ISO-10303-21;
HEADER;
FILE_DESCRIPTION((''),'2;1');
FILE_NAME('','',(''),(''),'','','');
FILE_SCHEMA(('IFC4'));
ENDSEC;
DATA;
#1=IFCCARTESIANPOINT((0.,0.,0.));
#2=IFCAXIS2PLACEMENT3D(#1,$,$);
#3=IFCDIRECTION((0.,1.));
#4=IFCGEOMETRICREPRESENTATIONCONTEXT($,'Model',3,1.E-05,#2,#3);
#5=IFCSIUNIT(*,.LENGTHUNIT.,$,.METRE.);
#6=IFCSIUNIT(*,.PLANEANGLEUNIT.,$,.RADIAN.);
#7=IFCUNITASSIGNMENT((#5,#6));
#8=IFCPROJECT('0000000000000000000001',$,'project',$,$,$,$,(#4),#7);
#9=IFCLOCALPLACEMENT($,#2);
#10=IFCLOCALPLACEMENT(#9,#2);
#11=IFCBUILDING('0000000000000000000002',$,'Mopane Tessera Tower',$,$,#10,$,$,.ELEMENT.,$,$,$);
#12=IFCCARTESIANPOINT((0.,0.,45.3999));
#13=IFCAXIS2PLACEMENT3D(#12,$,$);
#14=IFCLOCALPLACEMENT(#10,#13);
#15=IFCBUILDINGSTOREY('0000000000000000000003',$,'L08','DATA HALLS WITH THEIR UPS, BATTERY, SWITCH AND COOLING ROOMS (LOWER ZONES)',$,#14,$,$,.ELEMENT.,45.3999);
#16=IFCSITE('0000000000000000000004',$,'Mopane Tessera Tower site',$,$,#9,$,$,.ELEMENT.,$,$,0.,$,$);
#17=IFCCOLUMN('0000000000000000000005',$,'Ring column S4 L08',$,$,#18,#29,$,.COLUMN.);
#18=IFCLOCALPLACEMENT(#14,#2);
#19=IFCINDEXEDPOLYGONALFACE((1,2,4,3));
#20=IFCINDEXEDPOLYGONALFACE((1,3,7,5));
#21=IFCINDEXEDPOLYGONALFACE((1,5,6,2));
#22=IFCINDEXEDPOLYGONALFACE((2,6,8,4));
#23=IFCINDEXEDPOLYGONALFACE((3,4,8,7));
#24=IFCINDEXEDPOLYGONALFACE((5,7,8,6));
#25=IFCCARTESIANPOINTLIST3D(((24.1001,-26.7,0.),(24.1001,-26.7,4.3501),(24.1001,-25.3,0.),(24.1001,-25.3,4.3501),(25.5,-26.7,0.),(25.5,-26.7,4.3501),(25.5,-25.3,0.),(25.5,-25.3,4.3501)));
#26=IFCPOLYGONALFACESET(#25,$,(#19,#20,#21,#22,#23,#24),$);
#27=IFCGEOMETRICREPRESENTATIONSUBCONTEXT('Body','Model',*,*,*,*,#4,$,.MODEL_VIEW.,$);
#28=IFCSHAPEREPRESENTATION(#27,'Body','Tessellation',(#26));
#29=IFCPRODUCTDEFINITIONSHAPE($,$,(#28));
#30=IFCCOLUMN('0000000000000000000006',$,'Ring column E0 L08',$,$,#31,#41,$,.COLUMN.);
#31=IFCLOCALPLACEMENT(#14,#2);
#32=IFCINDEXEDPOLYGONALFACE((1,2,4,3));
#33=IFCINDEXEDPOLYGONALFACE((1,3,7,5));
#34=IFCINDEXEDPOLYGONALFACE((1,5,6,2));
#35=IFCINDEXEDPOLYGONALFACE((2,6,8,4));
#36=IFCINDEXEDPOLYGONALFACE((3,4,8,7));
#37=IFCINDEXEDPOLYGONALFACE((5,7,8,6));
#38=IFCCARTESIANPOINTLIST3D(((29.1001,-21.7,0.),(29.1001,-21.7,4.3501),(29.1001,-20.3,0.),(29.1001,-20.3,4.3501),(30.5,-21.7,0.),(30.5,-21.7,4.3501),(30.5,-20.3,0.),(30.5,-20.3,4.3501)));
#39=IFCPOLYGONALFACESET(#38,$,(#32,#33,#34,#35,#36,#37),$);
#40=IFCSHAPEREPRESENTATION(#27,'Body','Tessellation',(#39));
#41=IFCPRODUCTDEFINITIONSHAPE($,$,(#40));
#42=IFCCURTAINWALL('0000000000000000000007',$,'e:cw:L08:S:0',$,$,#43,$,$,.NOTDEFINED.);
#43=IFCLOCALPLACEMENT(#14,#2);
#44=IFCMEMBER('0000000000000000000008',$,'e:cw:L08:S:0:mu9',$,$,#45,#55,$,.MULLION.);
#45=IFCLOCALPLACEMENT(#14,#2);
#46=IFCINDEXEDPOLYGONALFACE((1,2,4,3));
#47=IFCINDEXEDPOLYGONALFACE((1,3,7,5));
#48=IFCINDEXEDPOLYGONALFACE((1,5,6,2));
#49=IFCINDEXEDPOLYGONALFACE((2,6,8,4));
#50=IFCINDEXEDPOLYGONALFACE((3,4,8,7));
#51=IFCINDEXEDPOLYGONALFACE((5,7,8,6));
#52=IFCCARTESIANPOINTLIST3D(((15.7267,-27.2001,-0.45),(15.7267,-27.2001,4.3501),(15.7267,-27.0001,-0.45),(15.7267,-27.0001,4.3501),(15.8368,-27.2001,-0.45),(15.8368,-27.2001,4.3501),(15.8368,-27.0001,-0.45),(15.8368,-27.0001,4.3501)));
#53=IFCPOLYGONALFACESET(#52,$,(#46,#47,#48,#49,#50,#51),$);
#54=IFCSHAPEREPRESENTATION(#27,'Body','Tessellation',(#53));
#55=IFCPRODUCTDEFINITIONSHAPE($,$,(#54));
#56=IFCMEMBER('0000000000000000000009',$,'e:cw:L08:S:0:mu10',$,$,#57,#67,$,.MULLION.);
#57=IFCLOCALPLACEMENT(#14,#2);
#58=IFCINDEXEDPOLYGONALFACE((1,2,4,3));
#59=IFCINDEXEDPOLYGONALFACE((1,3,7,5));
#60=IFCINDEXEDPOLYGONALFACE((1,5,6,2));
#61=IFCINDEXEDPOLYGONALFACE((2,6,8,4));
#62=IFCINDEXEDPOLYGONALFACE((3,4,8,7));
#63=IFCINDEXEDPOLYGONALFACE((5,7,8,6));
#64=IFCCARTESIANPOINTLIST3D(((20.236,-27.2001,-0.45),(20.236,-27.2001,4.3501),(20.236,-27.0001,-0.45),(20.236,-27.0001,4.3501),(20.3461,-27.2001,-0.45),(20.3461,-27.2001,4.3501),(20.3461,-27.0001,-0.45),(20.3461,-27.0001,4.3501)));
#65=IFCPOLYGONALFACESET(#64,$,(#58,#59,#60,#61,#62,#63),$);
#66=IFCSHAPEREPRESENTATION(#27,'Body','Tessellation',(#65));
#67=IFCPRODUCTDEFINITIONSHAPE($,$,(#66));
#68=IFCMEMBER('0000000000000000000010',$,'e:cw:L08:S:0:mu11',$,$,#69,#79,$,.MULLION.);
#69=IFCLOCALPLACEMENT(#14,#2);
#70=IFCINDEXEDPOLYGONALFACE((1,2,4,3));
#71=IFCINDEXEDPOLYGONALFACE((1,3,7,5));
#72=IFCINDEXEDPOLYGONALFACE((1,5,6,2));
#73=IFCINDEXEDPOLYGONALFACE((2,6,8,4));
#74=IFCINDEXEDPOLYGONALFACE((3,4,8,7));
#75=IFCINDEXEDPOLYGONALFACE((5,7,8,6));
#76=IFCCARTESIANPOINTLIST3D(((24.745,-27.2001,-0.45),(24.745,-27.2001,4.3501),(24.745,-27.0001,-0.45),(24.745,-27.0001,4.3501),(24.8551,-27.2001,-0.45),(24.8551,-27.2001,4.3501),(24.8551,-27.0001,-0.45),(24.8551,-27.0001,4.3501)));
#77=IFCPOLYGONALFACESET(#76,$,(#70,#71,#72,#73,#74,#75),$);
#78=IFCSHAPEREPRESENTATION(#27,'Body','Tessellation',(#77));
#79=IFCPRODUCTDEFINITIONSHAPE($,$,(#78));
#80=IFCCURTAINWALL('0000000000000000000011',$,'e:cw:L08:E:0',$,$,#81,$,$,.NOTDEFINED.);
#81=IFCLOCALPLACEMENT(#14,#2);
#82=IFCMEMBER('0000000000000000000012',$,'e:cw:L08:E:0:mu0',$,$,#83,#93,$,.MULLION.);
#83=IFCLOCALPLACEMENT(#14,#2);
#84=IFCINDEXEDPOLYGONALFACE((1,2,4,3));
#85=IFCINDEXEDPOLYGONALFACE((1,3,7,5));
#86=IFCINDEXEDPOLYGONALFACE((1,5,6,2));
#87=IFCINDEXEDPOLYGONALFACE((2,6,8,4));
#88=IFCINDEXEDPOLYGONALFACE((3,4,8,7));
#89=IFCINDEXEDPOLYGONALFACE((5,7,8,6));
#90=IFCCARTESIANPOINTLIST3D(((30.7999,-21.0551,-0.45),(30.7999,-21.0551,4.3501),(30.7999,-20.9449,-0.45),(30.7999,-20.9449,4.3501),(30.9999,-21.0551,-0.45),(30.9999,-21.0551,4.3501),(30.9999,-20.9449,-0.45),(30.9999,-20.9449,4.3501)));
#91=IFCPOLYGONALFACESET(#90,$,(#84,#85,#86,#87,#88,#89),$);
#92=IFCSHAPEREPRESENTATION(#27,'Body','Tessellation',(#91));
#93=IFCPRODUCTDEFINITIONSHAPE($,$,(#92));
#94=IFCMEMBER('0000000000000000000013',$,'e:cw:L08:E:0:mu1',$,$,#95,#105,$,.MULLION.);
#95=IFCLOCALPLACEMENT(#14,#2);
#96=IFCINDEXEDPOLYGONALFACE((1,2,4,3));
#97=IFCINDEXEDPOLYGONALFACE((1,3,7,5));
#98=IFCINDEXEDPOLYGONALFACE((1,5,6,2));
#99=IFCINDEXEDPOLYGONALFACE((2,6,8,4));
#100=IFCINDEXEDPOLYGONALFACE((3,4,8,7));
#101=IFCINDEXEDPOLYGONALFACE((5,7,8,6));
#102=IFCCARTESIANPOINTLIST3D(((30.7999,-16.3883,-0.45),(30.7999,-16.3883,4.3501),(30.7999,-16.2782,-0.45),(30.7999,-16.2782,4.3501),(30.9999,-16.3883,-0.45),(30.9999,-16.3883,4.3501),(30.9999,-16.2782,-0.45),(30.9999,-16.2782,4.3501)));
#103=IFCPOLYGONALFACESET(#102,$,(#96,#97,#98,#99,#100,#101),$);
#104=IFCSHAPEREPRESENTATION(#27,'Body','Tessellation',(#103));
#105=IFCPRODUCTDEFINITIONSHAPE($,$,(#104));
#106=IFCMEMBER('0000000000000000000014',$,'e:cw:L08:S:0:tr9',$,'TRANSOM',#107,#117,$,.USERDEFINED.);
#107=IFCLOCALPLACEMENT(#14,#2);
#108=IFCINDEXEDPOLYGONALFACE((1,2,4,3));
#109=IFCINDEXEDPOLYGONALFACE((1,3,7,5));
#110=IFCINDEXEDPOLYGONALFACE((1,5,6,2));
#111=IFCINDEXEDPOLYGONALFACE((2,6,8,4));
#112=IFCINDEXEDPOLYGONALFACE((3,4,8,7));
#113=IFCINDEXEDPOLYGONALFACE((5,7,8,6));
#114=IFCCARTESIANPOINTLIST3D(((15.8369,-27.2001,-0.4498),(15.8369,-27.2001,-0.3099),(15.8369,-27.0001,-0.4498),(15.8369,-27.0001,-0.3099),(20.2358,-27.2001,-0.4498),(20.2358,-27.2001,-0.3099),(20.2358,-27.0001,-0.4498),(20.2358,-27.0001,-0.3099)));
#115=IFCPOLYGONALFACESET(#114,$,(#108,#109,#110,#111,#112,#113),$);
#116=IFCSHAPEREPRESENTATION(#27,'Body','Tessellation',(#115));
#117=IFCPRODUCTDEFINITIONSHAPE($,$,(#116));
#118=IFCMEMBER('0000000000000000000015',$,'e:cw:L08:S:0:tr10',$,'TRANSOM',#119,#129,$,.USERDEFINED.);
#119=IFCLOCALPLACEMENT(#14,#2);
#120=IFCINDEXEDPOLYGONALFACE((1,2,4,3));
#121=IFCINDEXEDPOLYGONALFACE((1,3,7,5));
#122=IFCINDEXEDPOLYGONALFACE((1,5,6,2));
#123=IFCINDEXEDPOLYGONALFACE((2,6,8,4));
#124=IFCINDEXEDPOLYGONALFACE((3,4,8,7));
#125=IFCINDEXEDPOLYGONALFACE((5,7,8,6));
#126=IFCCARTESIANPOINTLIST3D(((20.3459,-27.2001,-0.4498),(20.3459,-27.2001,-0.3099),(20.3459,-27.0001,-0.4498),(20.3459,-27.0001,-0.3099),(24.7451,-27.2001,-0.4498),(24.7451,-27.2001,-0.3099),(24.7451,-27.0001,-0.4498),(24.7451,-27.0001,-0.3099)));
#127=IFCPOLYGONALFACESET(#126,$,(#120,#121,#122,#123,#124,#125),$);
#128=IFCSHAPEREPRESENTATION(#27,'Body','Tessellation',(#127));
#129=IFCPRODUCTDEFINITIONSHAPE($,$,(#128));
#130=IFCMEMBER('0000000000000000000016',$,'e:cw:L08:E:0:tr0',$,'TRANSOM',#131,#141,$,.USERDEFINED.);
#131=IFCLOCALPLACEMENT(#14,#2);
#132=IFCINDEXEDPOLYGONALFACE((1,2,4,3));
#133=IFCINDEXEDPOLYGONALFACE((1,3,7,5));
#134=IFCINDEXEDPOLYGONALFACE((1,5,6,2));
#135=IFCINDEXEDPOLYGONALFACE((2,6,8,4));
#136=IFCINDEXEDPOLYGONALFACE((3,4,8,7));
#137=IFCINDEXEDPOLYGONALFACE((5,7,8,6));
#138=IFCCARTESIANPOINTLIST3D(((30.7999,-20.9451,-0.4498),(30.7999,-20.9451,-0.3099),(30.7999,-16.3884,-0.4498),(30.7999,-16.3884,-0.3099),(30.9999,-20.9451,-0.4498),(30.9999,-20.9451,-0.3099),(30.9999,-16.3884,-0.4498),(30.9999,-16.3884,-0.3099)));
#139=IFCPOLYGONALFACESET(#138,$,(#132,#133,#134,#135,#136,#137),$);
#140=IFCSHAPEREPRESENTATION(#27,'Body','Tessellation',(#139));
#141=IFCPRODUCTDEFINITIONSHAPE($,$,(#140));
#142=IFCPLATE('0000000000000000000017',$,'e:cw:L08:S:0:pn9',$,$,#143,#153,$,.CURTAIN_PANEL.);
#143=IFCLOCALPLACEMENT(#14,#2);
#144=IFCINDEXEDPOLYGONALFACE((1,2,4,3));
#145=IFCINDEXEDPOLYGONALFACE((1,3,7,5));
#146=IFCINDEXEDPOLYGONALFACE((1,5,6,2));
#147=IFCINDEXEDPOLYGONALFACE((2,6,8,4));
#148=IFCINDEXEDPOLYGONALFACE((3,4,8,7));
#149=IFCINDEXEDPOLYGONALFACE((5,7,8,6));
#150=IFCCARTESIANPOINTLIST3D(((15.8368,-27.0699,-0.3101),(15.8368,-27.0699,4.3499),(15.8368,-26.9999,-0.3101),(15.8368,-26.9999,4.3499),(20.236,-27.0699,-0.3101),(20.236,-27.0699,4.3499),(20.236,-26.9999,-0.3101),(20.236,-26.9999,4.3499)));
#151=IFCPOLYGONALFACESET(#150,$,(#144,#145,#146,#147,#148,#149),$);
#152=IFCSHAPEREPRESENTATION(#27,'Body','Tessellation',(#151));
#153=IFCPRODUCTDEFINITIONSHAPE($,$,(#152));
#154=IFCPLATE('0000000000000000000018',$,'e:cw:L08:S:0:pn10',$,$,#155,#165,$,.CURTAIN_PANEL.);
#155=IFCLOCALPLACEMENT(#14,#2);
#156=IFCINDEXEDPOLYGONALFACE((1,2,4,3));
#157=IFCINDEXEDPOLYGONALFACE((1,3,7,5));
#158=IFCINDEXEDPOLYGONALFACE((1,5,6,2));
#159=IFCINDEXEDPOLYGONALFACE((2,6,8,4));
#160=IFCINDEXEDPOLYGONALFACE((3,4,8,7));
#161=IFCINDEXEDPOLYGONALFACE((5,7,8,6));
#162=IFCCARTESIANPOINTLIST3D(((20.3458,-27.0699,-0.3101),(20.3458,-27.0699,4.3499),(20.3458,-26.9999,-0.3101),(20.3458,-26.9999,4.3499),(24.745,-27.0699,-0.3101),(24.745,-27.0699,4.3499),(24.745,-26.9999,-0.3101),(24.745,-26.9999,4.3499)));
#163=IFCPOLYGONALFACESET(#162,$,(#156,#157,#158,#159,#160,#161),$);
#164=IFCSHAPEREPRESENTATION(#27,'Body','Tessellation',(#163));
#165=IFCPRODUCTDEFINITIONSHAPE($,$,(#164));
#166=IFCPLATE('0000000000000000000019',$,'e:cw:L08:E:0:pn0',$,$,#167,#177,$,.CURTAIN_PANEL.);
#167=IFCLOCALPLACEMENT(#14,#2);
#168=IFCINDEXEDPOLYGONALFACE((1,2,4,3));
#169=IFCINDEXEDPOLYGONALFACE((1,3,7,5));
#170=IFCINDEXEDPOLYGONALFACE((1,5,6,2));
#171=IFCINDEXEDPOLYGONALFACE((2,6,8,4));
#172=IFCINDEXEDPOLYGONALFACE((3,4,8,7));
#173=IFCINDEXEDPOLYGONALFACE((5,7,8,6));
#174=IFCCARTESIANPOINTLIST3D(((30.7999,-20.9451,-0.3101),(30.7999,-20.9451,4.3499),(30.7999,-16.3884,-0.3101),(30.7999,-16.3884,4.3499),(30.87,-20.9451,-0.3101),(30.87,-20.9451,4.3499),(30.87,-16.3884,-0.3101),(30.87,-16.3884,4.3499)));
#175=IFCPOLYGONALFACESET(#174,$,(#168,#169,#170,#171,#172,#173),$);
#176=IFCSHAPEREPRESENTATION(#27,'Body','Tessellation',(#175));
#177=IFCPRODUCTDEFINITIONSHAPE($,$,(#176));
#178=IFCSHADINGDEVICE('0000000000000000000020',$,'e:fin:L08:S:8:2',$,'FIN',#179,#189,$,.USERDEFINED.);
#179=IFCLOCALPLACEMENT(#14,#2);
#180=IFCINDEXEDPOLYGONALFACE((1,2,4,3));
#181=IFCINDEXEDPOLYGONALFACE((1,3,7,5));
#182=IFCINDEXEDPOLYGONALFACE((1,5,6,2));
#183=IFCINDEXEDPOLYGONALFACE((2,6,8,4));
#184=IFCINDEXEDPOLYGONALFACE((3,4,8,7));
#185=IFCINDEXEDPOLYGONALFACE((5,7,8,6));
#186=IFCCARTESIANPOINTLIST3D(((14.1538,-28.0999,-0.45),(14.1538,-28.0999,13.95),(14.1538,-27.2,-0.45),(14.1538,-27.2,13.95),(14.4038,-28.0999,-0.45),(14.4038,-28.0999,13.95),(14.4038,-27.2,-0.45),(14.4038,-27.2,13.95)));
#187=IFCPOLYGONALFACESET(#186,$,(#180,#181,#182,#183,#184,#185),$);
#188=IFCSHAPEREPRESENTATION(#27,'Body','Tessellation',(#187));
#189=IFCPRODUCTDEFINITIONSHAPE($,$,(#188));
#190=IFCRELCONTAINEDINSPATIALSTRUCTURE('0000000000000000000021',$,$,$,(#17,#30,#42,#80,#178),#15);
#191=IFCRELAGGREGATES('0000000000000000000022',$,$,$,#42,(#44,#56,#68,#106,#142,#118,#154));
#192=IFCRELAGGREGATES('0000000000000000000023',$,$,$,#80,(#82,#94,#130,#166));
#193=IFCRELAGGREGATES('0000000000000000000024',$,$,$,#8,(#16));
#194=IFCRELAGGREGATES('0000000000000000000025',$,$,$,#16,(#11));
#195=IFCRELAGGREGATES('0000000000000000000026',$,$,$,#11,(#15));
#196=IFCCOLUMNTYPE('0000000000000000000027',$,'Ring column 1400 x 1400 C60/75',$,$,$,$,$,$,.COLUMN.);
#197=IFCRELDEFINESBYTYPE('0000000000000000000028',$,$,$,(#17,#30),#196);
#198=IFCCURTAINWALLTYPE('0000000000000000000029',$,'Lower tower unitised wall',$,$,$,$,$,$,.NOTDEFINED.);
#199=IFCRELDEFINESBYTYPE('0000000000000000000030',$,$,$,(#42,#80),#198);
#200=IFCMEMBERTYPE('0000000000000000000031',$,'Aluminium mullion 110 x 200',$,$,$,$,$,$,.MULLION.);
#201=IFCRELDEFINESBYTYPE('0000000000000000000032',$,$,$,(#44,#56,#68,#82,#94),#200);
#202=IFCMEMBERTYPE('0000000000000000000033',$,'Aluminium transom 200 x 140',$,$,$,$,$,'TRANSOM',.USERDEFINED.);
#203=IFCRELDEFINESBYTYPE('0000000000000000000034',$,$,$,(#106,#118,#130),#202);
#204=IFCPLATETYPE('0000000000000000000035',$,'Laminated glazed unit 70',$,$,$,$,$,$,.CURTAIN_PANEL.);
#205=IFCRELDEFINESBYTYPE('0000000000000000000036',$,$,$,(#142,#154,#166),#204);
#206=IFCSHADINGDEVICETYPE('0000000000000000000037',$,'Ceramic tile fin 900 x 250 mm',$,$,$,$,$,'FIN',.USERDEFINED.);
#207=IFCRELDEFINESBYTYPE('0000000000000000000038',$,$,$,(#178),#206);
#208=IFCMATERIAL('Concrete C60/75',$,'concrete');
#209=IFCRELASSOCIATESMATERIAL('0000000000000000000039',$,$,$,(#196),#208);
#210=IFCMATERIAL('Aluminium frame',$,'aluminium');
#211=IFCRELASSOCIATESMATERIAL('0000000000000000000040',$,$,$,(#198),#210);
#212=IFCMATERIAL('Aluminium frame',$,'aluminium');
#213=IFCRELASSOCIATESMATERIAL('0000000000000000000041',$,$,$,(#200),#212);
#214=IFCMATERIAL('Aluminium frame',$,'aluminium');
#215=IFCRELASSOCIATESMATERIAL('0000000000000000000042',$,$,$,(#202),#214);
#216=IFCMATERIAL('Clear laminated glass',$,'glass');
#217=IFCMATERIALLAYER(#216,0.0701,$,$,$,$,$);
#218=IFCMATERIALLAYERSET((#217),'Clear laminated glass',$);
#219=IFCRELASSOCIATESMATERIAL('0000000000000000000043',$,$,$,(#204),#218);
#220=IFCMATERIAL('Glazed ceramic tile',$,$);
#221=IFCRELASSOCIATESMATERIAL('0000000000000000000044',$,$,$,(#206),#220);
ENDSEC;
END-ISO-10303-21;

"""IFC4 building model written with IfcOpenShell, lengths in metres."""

from ifc_helpers import new_model, si_unit, direction, frame, origin, origin_2d, place, context, subcontext, project, spatial, rectangle, extrude, material, layer, layer_set, material_profile, profile_set, type_object, element, aggregate, save


model = new_model("IFC4")

# Units and contexts
model_context = context("Model", 3, precision=1e-05, world=origin(), true_north=direction((0.0, 1.0)))
body_context = subcontext(model_context, "Body", "Model", "MODEL_VIEW")
ifc_project = project(units=[si_unit("LENGTHUNIT", "METRE"), si_unit("PLANEANGLEUNIT", "RADIAN")], contexts=[model_context])

# Site, building, storey
site_placement = place(None, origin())
site = spatial("IfcSite", under=ifc_project, at=site_placement, Name="Mopane Tessera Tower site", CompositionType="ELEMENT", RefElevation=0.0)
building_placement = place(site_placement, origin())
building = spatial("IfcBuilding", under=site, at=building_placement, Name="Mopane Tessera Tower", CompositionType="ELEMENT")
storey_placement = place(building_placement, frame((0.0, 0.0, 45.3999)))
storey = spatial("IfcBuildingStorey", under=building, at=storey_placement, Name="L08", Description="DATA HALLS WITH THEIR UPS, BATTERY, SWITCH AND COOLING ROOMS (LOWER ZONES)", CompositionType="ELEMENT", Elevation=45.3999)

# Columns
ifc_material_1 = material(Name="Concrete C60/75", Category="concrete")
ifc_material_profile_1 = material_profile(ifc_material_1, rectangle(XDim=1.3999, YDim=1.3999, at=origin_2d()))
ifc_profile_set_1 = profile_set([ifc_material_profile_1], Name="Concrete C60/75")
column_type = type_object("IfcColumnType", Name="Ring column 1400 x 1400 C60/75", PredefinedType="COLUMN", material=ifc_profile_set_1)
for number, where, z_axis, x_axis, name in (
    (1, (24.8, -26.0, 0.0), (0.0, 0.0, 1.0), (1.0, 0.0, 0.0), "Ring column S4 L08"),
    (2, (29.8, -21.0, 0.0), (0.0, 0.0, 1.0), (1.0, 0.0, 0.0), "Ring column E0 L08"),
):
    element("IfcColumn", number, at=place(storey_placement, frame(where, z_axis=z_axis, x_axis=x_axis)), inside=storey, type_object=column_type, Name=name, PredefinedType="COLUMN", context=body_context, shape_type="SweptSolid", body=[
        extrude(rectangle(XDim=1.3999, YDim=1.3999, at=origin_2d()), origin(), (0.0, 0.0, 1.0), 4.3501),
    ])

# Curtain walls, members
ifc_material_2 = material(Name="Aluminium frame", Category="aluminium")
curtain_wall_type = type_object("IfcCurtainWallType", Name="Lower tower unitised wall", PredefinedType="NOTDEFINED", material=ifc_material_2)
curtain_wall_1_placement = place(storey_placement, origin())
curtain_wall_1 = element("IfcCurtainWall", 3, at=curtain_wall_1_placement, inside=storey, type_object=curtain_wall_type, Name="e:cw:L08:S:0", PredefinedType="NOTDEFINED")
ifc_material_3 = material(Name="Aluminium frame", Category="aluminium")
ifc_material_profile_2 = material_profile(ifc_material_3, rectangle(XDim=0.1101, YDim=0.2, at=origin_2d()))
ifc_profile_set_2 = profile_set([ifc_material_profile_2], Name="Aluminium frame")
member_type_1 = type_object("IfcMemberType", Name="Aluminium mullion 110 x 200", PredefinedType="MULLION", material=ifc_profile_set_2)
member_1_placement = place(storey_placement, frame((15.7817, -27.1001, -0.45), z_axis=(0.0, 0.0, 1.0), x_axis=(1.0, 0.0, 0.0)))
member_1 = element("IfcMember", 4, at=member_1_placement, type_object=member_type_1, Name="e:cw:L08:S:0:mu9", PredefinedType="MULLION", context=body_context, shape_type="SweptSolid", body=[
    extrude(rectangle(XDim=0.1101, YDim=0.2, at=origin_2d()), origin(), (0.0, 0.0, 1.0), 4.8),
])
member_2_placement = place(storey_placement, frame((20.291, -27.1001, -0.45), z_axis=(0.0, 0.0, 1.0), x_axis=(1.0, 0.0, 0.0)))
member_2 = element("IfcMember", 5, at=member_2_placement, type_object=member_type_1, Name="e:cw:L08:S:0:mu10", PredefinedType="MULLION", context=body_context, shape_type="SweptSolid", body=[
    extrude(rectangle(XDim=0.1101, YDim=0.2, at=origin_2d()), origin(), (0.0, 0.0, 1.0), 4.8),
])
member_3_placement = place(storey_placement, frame((24.8, -27.1001, -0.45), z_axis=(0.0, 0.0, 1.0), x_axis=(1.0, 0.0, 0.0)))
member_3 = element("IfcMember", 6, at=member_3_placement, type_object=member_type_1, Name="e:cw:L08:S:0:mu11", PredefinedType="MULLION", context=body_context, shape_type="SweptSolid", body=[
    extrude(rectangle(XDim=0.1101, YDim=0.2, at=origin_2d()), origin(), (0.0, 0.0, 1.0), 4.8),
])
curtain_wall_2_placement = place(storey_placement, origin())
curtain_wall_2 = element("IfcCurtainWall", 7, at=curtain_wall_2_placement, inside=storey, type_object=curtain_wall_type, Name="e:cw:L08:E:0", PredefinedType="NOTDEFINED")
member_4_placement = place(storey_placement, frame((30.8999, -21.0, -0.45), z_axis=(0.0, 0.0, 1.0), x_axis=(0.0, 1.0, 0.0)))
member_4 = element("IfcMember", 8, at=member_4_placement, type_object=member_type_1, Name="e:cw:L08:E:0:mu0", PredefinedType="MULLION", context=body_context, shape_type="SweptSolid", body=[
    extrude(rectangle(XDim=0.1101, YDim=0.2, at=origin_2d()), origin(), (0.0, 0.0, 1.0), 4.8),
])
member_5_placement = place(storey_placement, frame((30.8999, -16.3333, -0.45), z_axis=(0.0, 0.0, 1.0), x_axis=(0.0, 1.0, 0.0)))
member_5 = element("IfcMember", 9, at=member_5_placement, type_object=member_type_1, Name="e:cw:L08:E:0:mu1", PredefinedType="MULLION", context=body_context, shape_type="SweptSolid", body=[
    extrude(rectangle(XDim=0.1101, YDim=0.2, at=origin_2d()), origin(), (0.0, 0.0, 1.0), 4.8),
])

# Members
ifc_material_4 = material(Name="Aluminium frame", Category="aluminium")
ifc_material_profile_3 = material_profile(ifc_material_4, rectangle(XDim=0.2, YDim=0.1399, at=origin_2d()))
ifc_profile_set_3 = profile_set([ifc_material_profile_3], Name="Aluminium frame")
member_type_2 = type_object("IfcMemberType", Name="Aluminium transom 200 x 140", ElementType="TRANSOM", PredefinedType="USERDEFINED", material=ifc_profile_set_3)
member_6_placement = place(storey_placement, frame((15.8369, -27.1001, -0.3799), z_axis=(1.0, 0.0, 0.0), x_axis=(0.0, 1.0, 0.0)))
member_6 = element("IfcMember", 10, at=member_6_placement, type_object=member_type_2, Name="e:cw:L08:S:0:tr9", ObjectType="TRANSOM", PredefinedType="USERDEFINED", context=body_context, shape_type="SweptSolid", body=[
    extrude(rectangle(XDim=0.2, YDim=0.1399, at=origin_2d()), origin(), (0.0, 0.0, 1.0), 4.3989),
])
member_7_placement = place(storey_placement, frame((20.3459, -27.1001, -0.3799), z_axis=(1.0, 0.0, 0.0), x_axis=(0.0, 1.0, 0.0)))
member_7 = element("IfcMember", 11, at=member_7_placement, type_object=member_type_2, Name="e:cw:L08:S:0:tr10", ObjectType="TRANSOM", PredefinedType="USERDEFINED", context=body_context, shape_type="SweptSolid", body=[
    extrude(rectangle(XDim=0.2, YDim=0.1399, at=origin_2d()), origin(), (0.0, 0.0, 1.0), 4.3992),
])
member_8_placement = place(storey_placement, frame((30.8999, -20.9451, -0.3799), z_axis=(0.0, 1.0, 0.0), x_axis=(-1.0, 0.0, 0.0)))
member_8 = element("IfcMember", 12, at=member_8_placement, type_object=member_type_2, Name="e:cw:L08:E:0:tr0", ObjectType="TRANSOM", PredefinedType="USERDEFINED", context=body_context, shape_type="SweptSolid", body=[
    extrude(rectangle(XDim=0.2, YDim=0.1399, at=origin_2d()), origin(), (0.0, 0.0, 1.0), 4.5566),
])

# Plates
ifc_material_5 = material(Name="Clear laminated glass", Category="glass")
ifc_layer = layer(ifc_material_5, 0.0701)
ifc_layer_set = layer_set([ifc_layer], Name="Clear laminated glass")
plate_type = type_object("IfcPlateType", Name="Laminated glazed unit 70", PredefinedType="CURTAIN_PANEL", material=ifc_layer_set)
plate_1_placement = place(storey_placement, frame((18.0364, -27.0349, -0.3101), z_axis=(0.0, 0.0, 1.0), x_axis=(1.0, 0.0, 0.0)))
plate_1 = element("IfcPlate", 13, at=plate_1_placement, type_object=plate_type, Name="e:cw:L08:S:0:pn9", PredefinedType="CURTAIN_PANEL", context=body_context, shape_type="SweptSolid", body=[
    extrude(rectangle(XDim=4.3992, YDim=0.0701, at=origin_2d()), origin(), (0.0, 0.0, 1.0), 4.6599),
])
plate_2_placement = place(storey_placement, frame((22.5454, -27.0349, -0.3101), z_axis=(0.0, 0.0, 1.0), x_axis=(1.0, 0.0, 0.0)))
plate_2 = element("IfcPlate", 14, at=plate_2_placement, type_object=plate_type, Name="e:cw:L08:S:0:pn10", PredefinedType="CURTAIN_PANEL", context=body_context, shape_type="SweptSolid", body=[
    extrude(rectangle(XDim=4.3992, YDim=0.0701, at=origin_2d()), origin(), (0.0, 0.0, 1.0), 4.6599),
])
aggregate(curtain_wall_1, [member_1, member_2, member_3, member_6, plate_1, member_7, plate_2])
plate_3_placement = place(storey_placement, frame((30.835, -18.6667, -0.3101), z_axis=(0.0, 0.0, 1.0), x_axis=(0.0, 1.0, 0.0)))
plate_3 = element("IfcPlate", 15, at=plate_3_placement, type_object=plate_type, Name="e:cw:L08:E:0:pn0", PredefinedType="CURTAIN_PANEL", context=body_context, shape_type="SweptSolid", body=[
    extrude(rectangle(XDim=4.5566, YDim=0.0701, at=origin_2d()), origin(), (0.0, 0.0, 1.0), 4.6599),
])
aggregate(curtain_wall_2, [member_4, member_5, member_8, plate_3])

# Shading device
ifc_material_6 = material(Name="Glazed ceramic tile")
shading_device_type = type_object("IfcShadingDeviceType", Name="Ceramic tile fin 900 x 250 mm", ElementType="FIN", PredefinedType="USERDEFINED", material=ifc_material_6)
for number, where, z_axis, x_axis, name in (
    (16, (14.2788, -27.6499, -0.45), (0.0, 0.0, 1.0), (1.0, 0.0, 0.0), "e:fin:L08:S:8:2"),
):
    element("IfcShadingDevice", number, at=place(storey_placement, frame(where, z_axis=z_axis, x_axis=x_axis)), inside=storey, type_object=shading_device_type, Name=name, ObjectType="FIN", PredefinedType="USERDEFINED", context=body_context, shape_type="SweptSolid", body=[
        extrude(rectangle(XDim=0.25, YDim=0.8999, at=origin_2d()), origin(), (0.0, 0.0, 1.0), 14.3999),
    ])

save(model, "model.ifc")
